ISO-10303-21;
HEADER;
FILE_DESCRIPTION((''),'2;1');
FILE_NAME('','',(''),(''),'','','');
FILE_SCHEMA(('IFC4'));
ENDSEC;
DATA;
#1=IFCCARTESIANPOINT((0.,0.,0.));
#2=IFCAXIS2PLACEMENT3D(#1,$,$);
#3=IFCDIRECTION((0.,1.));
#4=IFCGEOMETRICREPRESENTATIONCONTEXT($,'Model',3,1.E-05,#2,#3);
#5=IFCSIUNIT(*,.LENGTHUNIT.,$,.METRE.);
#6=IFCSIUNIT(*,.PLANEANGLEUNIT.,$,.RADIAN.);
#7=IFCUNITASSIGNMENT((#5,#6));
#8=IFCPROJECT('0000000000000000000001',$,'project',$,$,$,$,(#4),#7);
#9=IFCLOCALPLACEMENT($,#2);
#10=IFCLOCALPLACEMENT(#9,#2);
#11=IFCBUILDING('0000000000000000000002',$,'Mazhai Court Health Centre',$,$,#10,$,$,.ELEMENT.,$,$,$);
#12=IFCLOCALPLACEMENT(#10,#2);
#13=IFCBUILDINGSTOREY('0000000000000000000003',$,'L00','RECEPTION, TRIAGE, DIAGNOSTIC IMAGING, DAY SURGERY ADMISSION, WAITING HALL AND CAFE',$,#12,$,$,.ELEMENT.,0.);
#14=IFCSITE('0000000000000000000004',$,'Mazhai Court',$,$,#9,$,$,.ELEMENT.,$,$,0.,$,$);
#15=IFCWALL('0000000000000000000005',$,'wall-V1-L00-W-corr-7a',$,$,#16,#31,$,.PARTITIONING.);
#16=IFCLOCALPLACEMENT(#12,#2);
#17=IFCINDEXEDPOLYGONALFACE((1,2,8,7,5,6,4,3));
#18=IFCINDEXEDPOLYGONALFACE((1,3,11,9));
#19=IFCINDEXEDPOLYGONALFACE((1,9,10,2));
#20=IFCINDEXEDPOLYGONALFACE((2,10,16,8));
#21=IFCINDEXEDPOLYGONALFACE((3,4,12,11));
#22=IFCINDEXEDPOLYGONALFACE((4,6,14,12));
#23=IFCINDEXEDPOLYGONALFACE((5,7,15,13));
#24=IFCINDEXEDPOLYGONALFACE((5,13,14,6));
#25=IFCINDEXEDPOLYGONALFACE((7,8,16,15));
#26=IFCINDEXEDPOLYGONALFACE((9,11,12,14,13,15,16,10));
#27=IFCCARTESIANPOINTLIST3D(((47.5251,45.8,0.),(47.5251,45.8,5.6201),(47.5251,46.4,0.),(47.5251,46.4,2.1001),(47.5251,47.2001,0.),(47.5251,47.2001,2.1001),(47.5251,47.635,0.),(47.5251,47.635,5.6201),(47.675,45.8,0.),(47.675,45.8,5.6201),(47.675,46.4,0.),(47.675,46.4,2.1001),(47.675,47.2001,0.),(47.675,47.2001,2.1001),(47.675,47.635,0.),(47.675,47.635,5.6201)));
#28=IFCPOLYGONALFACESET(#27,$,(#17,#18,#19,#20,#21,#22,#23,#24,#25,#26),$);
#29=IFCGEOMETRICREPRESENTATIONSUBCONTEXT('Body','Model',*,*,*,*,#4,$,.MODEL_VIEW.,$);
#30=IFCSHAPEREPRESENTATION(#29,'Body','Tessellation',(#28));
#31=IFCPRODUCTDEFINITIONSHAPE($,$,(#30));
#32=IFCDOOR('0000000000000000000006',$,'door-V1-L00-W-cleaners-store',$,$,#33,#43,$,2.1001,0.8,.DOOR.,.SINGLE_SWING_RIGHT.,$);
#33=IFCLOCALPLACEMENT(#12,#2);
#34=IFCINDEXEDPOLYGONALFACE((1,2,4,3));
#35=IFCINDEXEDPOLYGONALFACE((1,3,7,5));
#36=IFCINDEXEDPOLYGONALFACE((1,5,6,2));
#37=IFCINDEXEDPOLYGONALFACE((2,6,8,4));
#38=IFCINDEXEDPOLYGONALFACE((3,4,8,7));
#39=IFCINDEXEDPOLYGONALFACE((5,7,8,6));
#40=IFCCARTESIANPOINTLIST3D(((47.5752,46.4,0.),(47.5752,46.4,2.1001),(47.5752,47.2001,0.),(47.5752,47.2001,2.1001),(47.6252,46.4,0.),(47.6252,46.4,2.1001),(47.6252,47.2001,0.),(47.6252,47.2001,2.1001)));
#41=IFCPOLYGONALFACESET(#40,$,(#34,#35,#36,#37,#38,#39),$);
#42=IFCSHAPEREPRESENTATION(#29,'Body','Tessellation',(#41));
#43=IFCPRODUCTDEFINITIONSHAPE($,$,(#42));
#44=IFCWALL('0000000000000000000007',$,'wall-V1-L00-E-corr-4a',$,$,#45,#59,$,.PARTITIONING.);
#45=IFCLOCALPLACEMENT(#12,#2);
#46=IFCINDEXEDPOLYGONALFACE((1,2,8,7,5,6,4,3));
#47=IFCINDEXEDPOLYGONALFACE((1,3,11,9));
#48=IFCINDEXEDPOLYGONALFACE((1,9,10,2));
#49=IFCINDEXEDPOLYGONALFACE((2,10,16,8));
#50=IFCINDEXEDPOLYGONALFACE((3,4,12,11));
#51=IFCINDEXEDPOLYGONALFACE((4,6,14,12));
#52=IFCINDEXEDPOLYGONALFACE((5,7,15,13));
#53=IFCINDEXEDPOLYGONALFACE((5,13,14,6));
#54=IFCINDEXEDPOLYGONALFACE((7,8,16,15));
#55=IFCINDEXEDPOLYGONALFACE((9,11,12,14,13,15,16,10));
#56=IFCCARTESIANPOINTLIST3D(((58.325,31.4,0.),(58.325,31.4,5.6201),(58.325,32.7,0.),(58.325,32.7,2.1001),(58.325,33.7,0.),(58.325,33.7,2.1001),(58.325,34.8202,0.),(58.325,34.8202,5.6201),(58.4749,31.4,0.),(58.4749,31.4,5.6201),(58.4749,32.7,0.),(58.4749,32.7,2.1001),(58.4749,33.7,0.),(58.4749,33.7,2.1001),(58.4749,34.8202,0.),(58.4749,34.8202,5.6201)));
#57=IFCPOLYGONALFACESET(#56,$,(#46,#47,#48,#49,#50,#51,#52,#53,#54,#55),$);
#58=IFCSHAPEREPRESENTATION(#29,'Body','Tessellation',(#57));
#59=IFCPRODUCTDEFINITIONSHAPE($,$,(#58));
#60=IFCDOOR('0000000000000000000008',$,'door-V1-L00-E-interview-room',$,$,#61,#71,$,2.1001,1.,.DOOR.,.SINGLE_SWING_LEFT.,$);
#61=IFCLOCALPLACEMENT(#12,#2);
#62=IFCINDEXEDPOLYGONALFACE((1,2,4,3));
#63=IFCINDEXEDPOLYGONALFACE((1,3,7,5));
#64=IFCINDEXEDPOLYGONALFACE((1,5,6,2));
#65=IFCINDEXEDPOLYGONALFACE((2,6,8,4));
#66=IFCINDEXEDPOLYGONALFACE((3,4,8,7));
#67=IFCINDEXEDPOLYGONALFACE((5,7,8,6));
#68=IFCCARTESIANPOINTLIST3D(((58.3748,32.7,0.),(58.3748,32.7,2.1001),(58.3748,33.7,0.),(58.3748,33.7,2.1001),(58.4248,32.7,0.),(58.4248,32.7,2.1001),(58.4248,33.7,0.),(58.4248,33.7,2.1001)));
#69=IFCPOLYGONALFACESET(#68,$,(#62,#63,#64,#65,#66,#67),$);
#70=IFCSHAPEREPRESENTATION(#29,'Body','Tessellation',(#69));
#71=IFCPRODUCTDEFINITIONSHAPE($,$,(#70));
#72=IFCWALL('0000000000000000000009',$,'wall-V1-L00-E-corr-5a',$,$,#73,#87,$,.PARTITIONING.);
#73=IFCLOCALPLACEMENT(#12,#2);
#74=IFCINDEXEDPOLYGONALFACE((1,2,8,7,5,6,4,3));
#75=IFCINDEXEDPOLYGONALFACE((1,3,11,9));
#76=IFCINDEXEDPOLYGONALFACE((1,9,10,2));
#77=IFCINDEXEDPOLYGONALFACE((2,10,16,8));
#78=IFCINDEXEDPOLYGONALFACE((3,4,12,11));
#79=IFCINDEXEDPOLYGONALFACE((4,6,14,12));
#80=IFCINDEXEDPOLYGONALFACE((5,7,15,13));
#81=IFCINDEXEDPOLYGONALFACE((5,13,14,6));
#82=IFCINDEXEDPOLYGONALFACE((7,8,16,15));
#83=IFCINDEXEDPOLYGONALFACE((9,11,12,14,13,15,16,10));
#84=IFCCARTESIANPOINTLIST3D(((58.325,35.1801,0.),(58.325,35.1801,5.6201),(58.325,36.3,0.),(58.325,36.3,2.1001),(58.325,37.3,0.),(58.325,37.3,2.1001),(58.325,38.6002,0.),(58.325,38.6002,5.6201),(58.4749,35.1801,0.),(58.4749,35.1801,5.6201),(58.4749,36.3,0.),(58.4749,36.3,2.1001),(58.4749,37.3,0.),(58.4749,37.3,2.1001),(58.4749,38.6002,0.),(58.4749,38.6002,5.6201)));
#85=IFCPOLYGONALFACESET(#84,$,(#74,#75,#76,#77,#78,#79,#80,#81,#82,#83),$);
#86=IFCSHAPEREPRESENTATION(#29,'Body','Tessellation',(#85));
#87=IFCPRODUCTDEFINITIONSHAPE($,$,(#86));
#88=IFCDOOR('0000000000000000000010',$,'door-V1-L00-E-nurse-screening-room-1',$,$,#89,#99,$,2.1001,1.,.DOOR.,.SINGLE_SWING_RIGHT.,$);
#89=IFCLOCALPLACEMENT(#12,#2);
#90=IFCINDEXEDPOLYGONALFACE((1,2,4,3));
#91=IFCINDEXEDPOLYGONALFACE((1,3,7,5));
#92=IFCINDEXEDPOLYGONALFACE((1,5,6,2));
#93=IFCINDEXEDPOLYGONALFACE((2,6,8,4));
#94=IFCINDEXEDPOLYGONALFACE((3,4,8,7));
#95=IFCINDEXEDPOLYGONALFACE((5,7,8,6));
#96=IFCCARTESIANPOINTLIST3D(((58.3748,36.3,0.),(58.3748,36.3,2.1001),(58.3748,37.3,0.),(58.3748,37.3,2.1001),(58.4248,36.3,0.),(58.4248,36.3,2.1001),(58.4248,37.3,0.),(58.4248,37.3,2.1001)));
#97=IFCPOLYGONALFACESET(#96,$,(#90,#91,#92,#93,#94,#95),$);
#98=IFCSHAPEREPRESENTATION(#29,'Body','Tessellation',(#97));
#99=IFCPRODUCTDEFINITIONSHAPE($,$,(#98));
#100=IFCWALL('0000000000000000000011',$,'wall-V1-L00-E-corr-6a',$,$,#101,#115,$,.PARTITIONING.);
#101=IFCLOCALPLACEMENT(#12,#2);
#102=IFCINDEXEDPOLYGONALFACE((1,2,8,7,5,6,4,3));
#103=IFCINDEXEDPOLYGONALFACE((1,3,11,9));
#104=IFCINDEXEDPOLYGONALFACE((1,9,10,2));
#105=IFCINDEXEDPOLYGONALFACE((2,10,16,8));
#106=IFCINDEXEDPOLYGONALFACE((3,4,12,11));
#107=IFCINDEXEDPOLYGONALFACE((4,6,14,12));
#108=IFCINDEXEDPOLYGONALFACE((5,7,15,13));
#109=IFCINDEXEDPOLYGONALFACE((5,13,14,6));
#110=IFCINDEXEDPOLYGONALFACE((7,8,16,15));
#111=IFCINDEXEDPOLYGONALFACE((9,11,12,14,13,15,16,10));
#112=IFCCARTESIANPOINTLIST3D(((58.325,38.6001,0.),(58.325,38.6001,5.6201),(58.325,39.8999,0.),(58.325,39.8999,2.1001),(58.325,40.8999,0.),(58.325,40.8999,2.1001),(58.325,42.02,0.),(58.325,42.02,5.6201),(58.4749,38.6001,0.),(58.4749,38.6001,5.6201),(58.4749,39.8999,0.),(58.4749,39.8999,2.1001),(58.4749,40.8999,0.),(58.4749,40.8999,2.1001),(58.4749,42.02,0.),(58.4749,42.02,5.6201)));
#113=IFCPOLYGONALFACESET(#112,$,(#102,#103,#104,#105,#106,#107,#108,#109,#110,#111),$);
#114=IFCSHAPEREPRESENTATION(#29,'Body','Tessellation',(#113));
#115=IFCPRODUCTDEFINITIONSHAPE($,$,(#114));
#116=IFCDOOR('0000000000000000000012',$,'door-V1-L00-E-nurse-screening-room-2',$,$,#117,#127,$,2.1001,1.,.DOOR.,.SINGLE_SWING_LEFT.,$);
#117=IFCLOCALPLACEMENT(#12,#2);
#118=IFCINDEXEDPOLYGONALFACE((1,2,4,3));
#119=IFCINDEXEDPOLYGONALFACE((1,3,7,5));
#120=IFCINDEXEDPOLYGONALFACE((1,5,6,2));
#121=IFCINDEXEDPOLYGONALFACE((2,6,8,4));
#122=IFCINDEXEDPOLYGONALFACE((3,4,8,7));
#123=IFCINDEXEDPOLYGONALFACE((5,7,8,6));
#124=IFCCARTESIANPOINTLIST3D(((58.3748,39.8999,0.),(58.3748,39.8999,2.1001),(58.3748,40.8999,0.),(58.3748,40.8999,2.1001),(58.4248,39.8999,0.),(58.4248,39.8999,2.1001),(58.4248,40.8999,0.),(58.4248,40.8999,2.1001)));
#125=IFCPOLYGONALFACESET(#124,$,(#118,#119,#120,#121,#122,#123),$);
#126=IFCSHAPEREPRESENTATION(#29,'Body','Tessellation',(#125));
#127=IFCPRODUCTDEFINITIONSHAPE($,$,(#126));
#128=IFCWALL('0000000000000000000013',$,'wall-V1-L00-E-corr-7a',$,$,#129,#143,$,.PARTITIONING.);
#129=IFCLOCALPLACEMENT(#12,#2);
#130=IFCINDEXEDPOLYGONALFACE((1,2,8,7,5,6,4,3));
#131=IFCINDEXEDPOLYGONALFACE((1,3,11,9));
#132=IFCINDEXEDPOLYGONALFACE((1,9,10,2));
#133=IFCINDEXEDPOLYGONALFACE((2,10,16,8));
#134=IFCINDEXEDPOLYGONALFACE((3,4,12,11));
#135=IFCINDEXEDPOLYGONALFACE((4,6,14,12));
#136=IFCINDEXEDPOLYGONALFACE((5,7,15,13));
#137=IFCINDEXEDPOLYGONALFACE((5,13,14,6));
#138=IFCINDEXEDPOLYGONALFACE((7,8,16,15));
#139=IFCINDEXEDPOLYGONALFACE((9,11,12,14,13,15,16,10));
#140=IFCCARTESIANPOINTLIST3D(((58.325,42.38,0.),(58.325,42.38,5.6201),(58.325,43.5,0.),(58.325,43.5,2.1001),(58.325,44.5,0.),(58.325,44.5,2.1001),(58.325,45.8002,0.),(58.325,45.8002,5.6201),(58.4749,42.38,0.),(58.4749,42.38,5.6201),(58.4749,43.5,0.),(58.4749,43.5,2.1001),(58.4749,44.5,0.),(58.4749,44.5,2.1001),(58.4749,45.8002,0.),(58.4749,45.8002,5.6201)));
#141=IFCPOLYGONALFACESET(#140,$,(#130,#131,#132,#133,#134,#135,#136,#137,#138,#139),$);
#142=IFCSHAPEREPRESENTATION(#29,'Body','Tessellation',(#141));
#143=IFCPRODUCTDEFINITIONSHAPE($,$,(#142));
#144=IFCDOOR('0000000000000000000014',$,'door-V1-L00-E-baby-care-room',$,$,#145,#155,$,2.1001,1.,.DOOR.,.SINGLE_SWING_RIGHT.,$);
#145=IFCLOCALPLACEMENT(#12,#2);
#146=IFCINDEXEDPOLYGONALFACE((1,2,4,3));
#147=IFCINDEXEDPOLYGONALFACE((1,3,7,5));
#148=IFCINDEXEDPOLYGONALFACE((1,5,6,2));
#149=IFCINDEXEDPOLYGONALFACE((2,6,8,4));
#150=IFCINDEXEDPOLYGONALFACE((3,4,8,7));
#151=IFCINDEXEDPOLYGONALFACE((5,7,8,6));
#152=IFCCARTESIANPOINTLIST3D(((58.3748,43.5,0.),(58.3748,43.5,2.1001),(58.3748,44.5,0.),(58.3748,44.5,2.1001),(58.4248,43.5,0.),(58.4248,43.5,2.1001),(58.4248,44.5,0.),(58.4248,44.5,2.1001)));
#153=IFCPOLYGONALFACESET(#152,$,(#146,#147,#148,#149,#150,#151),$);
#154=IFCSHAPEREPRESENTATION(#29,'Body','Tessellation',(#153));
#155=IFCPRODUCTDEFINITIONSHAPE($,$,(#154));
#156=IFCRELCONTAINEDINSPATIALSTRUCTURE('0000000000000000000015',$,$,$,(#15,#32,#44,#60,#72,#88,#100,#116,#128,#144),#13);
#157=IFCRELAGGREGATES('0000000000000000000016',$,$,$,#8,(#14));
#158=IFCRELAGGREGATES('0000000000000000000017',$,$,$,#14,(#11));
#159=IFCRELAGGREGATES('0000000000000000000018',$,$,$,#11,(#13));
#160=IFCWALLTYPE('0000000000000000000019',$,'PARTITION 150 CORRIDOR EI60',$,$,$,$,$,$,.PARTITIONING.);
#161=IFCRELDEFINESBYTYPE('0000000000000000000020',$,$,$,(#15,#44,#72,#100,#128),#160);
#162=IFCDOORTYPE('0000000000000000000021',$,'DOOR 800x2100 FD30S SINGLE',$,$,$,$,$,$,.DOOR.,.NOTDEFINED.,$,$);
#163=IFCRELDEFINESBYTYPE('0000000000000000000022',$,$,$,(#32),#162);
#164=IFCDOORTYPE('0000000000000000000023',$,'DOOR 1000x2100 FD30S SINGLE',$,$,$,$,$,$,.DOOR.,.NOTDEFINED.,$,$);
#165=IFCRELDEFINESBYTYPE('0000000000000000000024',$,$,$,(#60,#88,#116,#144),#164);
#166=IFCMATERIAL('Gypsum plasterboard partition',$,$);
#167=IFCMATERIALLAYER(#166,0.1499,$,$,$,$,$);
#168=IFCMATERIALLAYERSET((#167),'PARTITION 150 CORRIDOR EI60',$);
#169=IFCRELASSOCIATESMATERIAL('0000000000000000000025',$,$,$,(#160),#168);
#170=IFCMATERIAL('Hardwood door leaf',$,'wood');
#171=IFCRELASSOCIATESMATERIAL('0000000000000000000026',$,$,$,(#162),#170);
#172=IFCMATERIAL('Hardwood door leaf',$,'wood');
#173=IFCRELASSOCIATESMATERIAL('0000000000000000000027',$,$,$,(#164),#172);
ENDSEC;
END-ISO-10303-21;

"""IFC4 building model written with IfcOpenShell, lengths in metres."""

from ifc_helpers import new_model, si_unit, direction, frame, frame_2d, origin, place, context, subcontext, project, spatial, rectangle, extrude, material, layer, layer_set, type_object, element, fill, save


model = new_model("IFC4")

# Units and contexts
model_context = context("Model", 3, precision=1e-05, world=origin(), true_north=direction((0.0, 1.0)))
body_context = subcontext(model_context, "Body", "Model", "MODEL_VIEW")
ifc_project = project(units=[si_unit("LENGTHUNIT", "METRE"), si_unit("PLANEANGLEUNIT", "RADIAN")], contexts=[model_context])

# Site, building, storey
site_placement = place(None, origin())
site = spatial("IfcSite", under=ifc_project, at=site_placement, Name="Mazhai Court", CompositionType="ELEMENT", RefElevation=0.0)
building_placement = place(site_placement, origin())
building = spatial("IfcBuilding", under=site, at=building_placement, Name="Mazhai Court Health Centre", CompositionType="ELEMENT")
storey_placement = place(building_placement, origin())
storey = spatial("IfcBuildingStorey", under=building, at=storey_placement, Name="L00", Description="RECEPTION, TRIAGE, DIAGNOSTIC IMAGING, DAY SURGERY ADMISSION, WAITING HALL AND CAFE", CompositionType="ELEMENT", Elevation=0.0)

# Walls, openings, doors
ifc_material_1 = material(Name="Gypsum plasterboard partition")
ifc_layer = layer(ifc_material_1, 0.1499)
ifc_layer_set = layer_set([ifc_layer], Name="PARTITION 150 CORRIDOR EI60")
wall_type = type_object("IfcWallType", Name="PARTITION 150 CORRIDOR EI60", PredefinedType="PARTITIONING", material=ifc_layer_set)
wall_1_placement = place(storey_placement, frame((47.6001, 45.8, 0.0), z_axis=(0.0, 0.0, 1.0), x_axis=(0.0, 1.0, 0.0)))
wall_1 = element("IfcWall", 1, at=wall_1_placement, inside=storey, type_object=wall_type, Name="wall-V1-L00-W-corr-7a", PredefinedType="PARTITIONING", context=body_context, shape_type="SweptSolid", body=[
    extrude(rectangle(XDim=1.835, YDim=0.1499, at=frame_2d((0.9175, 0.0))), origin(), (0.0, 0.0, 1.0), 5.6201),
])
opening_1_placement = place(wall_1_placement, frame((0.6001, 0.0, 0.0)))
opening_1 = element("IfcOpeningElement", 2, at=opening_1_placement, cuts=wall_1, PredefinedType="OPENING", context=body_context, shape_type="SweptSolid", body=[
    extrude(rectangle(XDim=0.8, YDim=2.1001, at=frame_2d((0.3999, 1.05))), frame((0.0, 0.085, 0.0), z_axis=(0.0, -1.0, 0.0), x_axis=(1.0, 0.0, 0.0)), (0.0, 0.0, 1.0), 0.1699),
])
ifc_material_2 = material(Name="Hardwood door leaf", Category="wood")
door_type_1 = type_object("IfcDoorType", Name="DOOR 800x2100 FD30S SINGLE", OperationType="NOTDEFINED", PredefinedType="DOOR", material=ifc_material_2)
door_1_placement = place(opening_1_placement, origin())
door_1 = element("IfcDoor", 3, at=door_1_placement, inside=storey, type_object=door_type_1, Name="door-V1-L00-W-cleaners-store", OperationType="SINGLE_SWING_RIGHT", OverallHeight=2.1001, OverallWidth=0.8, PredefinedType="DOOR", context=body_context, shape_type="SweptSolid", body=[
    extrude(rectangle(XDim=0.8, YDim=2.1001, at=frame_2d((0.3999, 1.05))), frame((0.0, 0.0249, 0.0), z_axis=(0.0, -1.0, 0.0), x_axis=(1.0, 0.0, 0.0)), (0.0, 0.0, 1.0), 0.05),
])
fill(opening_1, door_1)
wall_2_placement = place(storey_placement, frame((58.3999, 34.8201, 0.0), z_axis=(0.0, 0.0, 1.0), x_axis=(0.0, -1.0, 0.0)))
wall_2 = element("IfcWall", 4, at=wall_2_placement, inside=storey, type_object=wall_type, Name="wall-V1-L00-E-corr-4a", PredefinedType="PARTITIONING", context=body_context, shape_type="SweptSolid", body=[
    extrude(rectangle(XDim=3.4202, YDim=0.1499, at=frame_2d((1.71, 0.0))), origin(), (0.0, 0.0, 1.0), 5.6201),
])
opening_2_placement = place(wall_2_placement, frame((1.1201, 0.0, 0.0)))
opening_2 = element("IfcOpeningElement", 5, at=opening_2_placement, cuts=wall_2, PredefinedType="OPENING", context=body_context, shape_type="SweptSolid", body=[
    extrude(rectangle(XDim=1.0, YDim=2.1001, at=frame_2d((0.5, 1.05))), frame((0.0, 0.085, 0.0), z_axis=(0.0, -1.0, 0.0), x_axis=(1.0, 0.0, 0.0)), (0.0, 0.0, 1.0), 0.1699),
])
ifc_material_3 = material(Name="Hardwood door leaf", Category="wood")
door_type_2 = type_object("IfcDoorType", Name="DOOR 1000x2100 FD30S SINGLE", OperationType="NOTDEFINED", PredefinedType="DOOR", material=ifc_material_3)
door_2_placement = place(opening_2_placement, origin())
door_2 = element("IfcDoor", 6, at=door_2_placement, inside=storey, type_object=door_type_2, Name="door-V1-L00-E-interview-room", OperationType="SINGLE_SWING_LEFT", OverallHeight=2.1001, OverallWidth=1.0, PredefinedType="DOOR", context=body_context, shape_type="SweptSolid", body=[
    extrude(rectangle(XDim=1.0, YDim=2.1001, at=frame_2d((0.5, 1.05))), frame((0.0, 0.0249, 0.0), z_axis=(0.0, -1.0, 0.0), x_axis=(1.0, 0.0, 0.0)), (0.0, 0.0, 1.0), 0.05),
])
fill(opening_2, door_2)
wall_3_placement = place(storey_placement, frame((58.3999, 38.6001, 0.0), z_axis=(0.0, 0.0, 1.0), x_axis=(0.0, -1.0, 0.0)))
wall_3 = element("IfcWall", 7, at=wall_3_placement, inside=storey, type_object=wall_type, Name="wall-V1-L00-E-corr-5a", PredefinedType="PARTITIONING", context=body_context, shape_type="SweptSolid", body=[
    extrude(rectangle(XDim=3.4202, YDim=0.1499, at=frame_2d((1.71, 0.0))), origin(), (0.0, 0.0, 1.0), 5.6201),
])
opening_3_placement = place(wall_3_placement, frame((1.3, 0.0, 0.0)))
opening_3 = element("IfcOpeningElement", 8, at=opening_3_placement, cuts=wall_3, PredefinedType="OPENING", context=body_context, shape_type="SweptSolid", body=[
    extrude(rectangle(XDim=1.0, YDim=2.1001, at=frame_2d((0.5, 1.05))), frame((0.0, 0.085, 0.0), z_axis=(0.0, -1.0, 0.0), x_axis=(1.0, 0.0, 0.0)), (0.0, 0.0, 1.0), 0.1699),
])
door_3_placement = place(opening_3_placement, origin())
door_3 = element("IfcDoor", 9, at=door_3_placement, inside=storey, type_object=door_type_2, Name="door-V1-L00-E-nurse-screening-room-1", OperationType="SINGLE_SWING_RIGHT", OverallHeight=2.1001, OverallWidth=1.0, PredefinedType="DOOR", context=body_context, shape_type="SweptSolid", body=[
    extrude(rectangle(XDim=1.0, YDim=2.1001, at=frame_2d((0.5, 1.05))), frame((0.0, 0.0249, 0.0), z_axis=(0.0, -1.0, 0.0), x_axis=(1.0, 0.0, 0.0)), (0.0, 0.0, 1.0), 0.05),
])
fill(opening_3, door_3)
wall_4_placement = place(storey_placement, frame((58.3999, 42.02, 0.0), z_axis=(0.0, 0.0, 1.0), x_axis=(0.0, -1.0, 0.0)))
wall_4 = element("IfcWall", 10, at=wall_4_placement, inside=storey, type_object=wall_type, Name="wall-V1-L00-E-corr-6a", PredefinedType="PARTITIONING", context=body_context, shape_type="SweptSolid", body=[
    extrude(rectangle(XDim=3.4199, YDim=0.1499, at=frame_2d((1.71, 0.0))), origin(), (0.0, 0.0, 1.0), 5.6201),
])
opening_4_placement = place(wall_4_placement, frame((1.1201, 0.0, 0.0)))
opening_4 = element("IfcOpeningElement", 11, at=opening_4_placement, cuts=wall_4, PredefinedType="OPENING", context=body_context, shape_type="SweptSolid", body=[
    extrude(rectangle(XDim=1.0, YDim=2.1001, at=frame_2d((0.5, 1.05))), frame((0.0, 0.085, 0.0), z_axis=(0.0, -1.0, 0.0), x_axis=(1.0, 0.0, 0.0)), (0.0, 0.0, 1.0), 0.1699),
])
door_4_placement = place(opening_4_placement, origin())
door_4 = element("IfcDoor", 12, at=door_4_placement, inside=storey, type_object=door_type_2, Name="door-V1-L00-E-nurse-screening-room-2", OperationType="SINGLE_SWING_LEFT", OverallHeight=2.1001, OverallWidth=1.0, PredefinedType="DOOR", context=body_context, shape_type="SweptSolid", body=[
    extrude(rectangle(XDim=1.0, YDim=2.1001, at=frame_2d((0.5, 1.05))), frame((0.0, 0.0249, 0.0), z_axis=(0.0, -1.0, 0.0), x_axis=(1.0, 0.0, 0.0)), (0.0, 0.0, 1.0), 0.05),
])
fill(opening_4, door_4)
wall_5_placement = place(storey_placement, frame((58.3999, 45.8, 0.0), z_axis=(0.0, 0.0, 1.0), x_axis=(0.0, -1.0, 0.0)))
wall_5 = element("IfcWall", 13, at=wall_5_placement, inside=storey, type_object=wall_type, Name="wall-V1-L00-E-corr-7a", PredefinedType="PARTITIONING", context=body_context, shape_type="SweptSolid", body=[
    extrude(rectangle(XDim=3.4202, YDim=0.1499, at=frame_2d((1.71, 0.0))), origin(), (0.0, 0.0, 1.0), 5.6201),
])
opening_5_placement = place(wall_5_placement, frame((1.3, 0.0, 0.0)))
opening_5 = element("IfcOpeningElement", 14, at=opening_5_placement, cuts=wall_5, PredefinedType="OPENING", context=body_context, shape_type="SweptSolid", body=[
    extrude(rectangle(XDim=1.0, YDim=2.1001, at=frame_2d((0.5, 1.05))), frame((0.0, 0.085, 0.0), z_axis=(0.0, -1.0, 0.0), x_axis=(1.0, 0.0, 0.0)), (0.0, 0.0, 1.0), 0.1699),
])
door_5_placement = place(opening_5_placement, origin())
door_5 = element("IfcDoor", 15, at=door_5_placement, inside=storey, type_object=door_type_2, Name="door-V1-L00-E-baby-care-room", OperationType="SINGLE_SWING_RIGHT", OverallHeight=2.1001, OverallWidth=1.0, PredefinedType="DOOR", context=body_context, shape_type="SweptSolid", body=[
    extrude(rectangle(XDim=1.0, YDim=2.1001, at=frame_2d((0.5, 1.05))), frame((0.0, 0.0249, 0.0), z_axis=(0.0, -1.0, 0.0), x_axis=(1.0, 0.0, 0.0)), (0.0, 0.0, 1.0), 0.05),
])
fill(opening_5, door_5)

save(model, "model.ifc")
